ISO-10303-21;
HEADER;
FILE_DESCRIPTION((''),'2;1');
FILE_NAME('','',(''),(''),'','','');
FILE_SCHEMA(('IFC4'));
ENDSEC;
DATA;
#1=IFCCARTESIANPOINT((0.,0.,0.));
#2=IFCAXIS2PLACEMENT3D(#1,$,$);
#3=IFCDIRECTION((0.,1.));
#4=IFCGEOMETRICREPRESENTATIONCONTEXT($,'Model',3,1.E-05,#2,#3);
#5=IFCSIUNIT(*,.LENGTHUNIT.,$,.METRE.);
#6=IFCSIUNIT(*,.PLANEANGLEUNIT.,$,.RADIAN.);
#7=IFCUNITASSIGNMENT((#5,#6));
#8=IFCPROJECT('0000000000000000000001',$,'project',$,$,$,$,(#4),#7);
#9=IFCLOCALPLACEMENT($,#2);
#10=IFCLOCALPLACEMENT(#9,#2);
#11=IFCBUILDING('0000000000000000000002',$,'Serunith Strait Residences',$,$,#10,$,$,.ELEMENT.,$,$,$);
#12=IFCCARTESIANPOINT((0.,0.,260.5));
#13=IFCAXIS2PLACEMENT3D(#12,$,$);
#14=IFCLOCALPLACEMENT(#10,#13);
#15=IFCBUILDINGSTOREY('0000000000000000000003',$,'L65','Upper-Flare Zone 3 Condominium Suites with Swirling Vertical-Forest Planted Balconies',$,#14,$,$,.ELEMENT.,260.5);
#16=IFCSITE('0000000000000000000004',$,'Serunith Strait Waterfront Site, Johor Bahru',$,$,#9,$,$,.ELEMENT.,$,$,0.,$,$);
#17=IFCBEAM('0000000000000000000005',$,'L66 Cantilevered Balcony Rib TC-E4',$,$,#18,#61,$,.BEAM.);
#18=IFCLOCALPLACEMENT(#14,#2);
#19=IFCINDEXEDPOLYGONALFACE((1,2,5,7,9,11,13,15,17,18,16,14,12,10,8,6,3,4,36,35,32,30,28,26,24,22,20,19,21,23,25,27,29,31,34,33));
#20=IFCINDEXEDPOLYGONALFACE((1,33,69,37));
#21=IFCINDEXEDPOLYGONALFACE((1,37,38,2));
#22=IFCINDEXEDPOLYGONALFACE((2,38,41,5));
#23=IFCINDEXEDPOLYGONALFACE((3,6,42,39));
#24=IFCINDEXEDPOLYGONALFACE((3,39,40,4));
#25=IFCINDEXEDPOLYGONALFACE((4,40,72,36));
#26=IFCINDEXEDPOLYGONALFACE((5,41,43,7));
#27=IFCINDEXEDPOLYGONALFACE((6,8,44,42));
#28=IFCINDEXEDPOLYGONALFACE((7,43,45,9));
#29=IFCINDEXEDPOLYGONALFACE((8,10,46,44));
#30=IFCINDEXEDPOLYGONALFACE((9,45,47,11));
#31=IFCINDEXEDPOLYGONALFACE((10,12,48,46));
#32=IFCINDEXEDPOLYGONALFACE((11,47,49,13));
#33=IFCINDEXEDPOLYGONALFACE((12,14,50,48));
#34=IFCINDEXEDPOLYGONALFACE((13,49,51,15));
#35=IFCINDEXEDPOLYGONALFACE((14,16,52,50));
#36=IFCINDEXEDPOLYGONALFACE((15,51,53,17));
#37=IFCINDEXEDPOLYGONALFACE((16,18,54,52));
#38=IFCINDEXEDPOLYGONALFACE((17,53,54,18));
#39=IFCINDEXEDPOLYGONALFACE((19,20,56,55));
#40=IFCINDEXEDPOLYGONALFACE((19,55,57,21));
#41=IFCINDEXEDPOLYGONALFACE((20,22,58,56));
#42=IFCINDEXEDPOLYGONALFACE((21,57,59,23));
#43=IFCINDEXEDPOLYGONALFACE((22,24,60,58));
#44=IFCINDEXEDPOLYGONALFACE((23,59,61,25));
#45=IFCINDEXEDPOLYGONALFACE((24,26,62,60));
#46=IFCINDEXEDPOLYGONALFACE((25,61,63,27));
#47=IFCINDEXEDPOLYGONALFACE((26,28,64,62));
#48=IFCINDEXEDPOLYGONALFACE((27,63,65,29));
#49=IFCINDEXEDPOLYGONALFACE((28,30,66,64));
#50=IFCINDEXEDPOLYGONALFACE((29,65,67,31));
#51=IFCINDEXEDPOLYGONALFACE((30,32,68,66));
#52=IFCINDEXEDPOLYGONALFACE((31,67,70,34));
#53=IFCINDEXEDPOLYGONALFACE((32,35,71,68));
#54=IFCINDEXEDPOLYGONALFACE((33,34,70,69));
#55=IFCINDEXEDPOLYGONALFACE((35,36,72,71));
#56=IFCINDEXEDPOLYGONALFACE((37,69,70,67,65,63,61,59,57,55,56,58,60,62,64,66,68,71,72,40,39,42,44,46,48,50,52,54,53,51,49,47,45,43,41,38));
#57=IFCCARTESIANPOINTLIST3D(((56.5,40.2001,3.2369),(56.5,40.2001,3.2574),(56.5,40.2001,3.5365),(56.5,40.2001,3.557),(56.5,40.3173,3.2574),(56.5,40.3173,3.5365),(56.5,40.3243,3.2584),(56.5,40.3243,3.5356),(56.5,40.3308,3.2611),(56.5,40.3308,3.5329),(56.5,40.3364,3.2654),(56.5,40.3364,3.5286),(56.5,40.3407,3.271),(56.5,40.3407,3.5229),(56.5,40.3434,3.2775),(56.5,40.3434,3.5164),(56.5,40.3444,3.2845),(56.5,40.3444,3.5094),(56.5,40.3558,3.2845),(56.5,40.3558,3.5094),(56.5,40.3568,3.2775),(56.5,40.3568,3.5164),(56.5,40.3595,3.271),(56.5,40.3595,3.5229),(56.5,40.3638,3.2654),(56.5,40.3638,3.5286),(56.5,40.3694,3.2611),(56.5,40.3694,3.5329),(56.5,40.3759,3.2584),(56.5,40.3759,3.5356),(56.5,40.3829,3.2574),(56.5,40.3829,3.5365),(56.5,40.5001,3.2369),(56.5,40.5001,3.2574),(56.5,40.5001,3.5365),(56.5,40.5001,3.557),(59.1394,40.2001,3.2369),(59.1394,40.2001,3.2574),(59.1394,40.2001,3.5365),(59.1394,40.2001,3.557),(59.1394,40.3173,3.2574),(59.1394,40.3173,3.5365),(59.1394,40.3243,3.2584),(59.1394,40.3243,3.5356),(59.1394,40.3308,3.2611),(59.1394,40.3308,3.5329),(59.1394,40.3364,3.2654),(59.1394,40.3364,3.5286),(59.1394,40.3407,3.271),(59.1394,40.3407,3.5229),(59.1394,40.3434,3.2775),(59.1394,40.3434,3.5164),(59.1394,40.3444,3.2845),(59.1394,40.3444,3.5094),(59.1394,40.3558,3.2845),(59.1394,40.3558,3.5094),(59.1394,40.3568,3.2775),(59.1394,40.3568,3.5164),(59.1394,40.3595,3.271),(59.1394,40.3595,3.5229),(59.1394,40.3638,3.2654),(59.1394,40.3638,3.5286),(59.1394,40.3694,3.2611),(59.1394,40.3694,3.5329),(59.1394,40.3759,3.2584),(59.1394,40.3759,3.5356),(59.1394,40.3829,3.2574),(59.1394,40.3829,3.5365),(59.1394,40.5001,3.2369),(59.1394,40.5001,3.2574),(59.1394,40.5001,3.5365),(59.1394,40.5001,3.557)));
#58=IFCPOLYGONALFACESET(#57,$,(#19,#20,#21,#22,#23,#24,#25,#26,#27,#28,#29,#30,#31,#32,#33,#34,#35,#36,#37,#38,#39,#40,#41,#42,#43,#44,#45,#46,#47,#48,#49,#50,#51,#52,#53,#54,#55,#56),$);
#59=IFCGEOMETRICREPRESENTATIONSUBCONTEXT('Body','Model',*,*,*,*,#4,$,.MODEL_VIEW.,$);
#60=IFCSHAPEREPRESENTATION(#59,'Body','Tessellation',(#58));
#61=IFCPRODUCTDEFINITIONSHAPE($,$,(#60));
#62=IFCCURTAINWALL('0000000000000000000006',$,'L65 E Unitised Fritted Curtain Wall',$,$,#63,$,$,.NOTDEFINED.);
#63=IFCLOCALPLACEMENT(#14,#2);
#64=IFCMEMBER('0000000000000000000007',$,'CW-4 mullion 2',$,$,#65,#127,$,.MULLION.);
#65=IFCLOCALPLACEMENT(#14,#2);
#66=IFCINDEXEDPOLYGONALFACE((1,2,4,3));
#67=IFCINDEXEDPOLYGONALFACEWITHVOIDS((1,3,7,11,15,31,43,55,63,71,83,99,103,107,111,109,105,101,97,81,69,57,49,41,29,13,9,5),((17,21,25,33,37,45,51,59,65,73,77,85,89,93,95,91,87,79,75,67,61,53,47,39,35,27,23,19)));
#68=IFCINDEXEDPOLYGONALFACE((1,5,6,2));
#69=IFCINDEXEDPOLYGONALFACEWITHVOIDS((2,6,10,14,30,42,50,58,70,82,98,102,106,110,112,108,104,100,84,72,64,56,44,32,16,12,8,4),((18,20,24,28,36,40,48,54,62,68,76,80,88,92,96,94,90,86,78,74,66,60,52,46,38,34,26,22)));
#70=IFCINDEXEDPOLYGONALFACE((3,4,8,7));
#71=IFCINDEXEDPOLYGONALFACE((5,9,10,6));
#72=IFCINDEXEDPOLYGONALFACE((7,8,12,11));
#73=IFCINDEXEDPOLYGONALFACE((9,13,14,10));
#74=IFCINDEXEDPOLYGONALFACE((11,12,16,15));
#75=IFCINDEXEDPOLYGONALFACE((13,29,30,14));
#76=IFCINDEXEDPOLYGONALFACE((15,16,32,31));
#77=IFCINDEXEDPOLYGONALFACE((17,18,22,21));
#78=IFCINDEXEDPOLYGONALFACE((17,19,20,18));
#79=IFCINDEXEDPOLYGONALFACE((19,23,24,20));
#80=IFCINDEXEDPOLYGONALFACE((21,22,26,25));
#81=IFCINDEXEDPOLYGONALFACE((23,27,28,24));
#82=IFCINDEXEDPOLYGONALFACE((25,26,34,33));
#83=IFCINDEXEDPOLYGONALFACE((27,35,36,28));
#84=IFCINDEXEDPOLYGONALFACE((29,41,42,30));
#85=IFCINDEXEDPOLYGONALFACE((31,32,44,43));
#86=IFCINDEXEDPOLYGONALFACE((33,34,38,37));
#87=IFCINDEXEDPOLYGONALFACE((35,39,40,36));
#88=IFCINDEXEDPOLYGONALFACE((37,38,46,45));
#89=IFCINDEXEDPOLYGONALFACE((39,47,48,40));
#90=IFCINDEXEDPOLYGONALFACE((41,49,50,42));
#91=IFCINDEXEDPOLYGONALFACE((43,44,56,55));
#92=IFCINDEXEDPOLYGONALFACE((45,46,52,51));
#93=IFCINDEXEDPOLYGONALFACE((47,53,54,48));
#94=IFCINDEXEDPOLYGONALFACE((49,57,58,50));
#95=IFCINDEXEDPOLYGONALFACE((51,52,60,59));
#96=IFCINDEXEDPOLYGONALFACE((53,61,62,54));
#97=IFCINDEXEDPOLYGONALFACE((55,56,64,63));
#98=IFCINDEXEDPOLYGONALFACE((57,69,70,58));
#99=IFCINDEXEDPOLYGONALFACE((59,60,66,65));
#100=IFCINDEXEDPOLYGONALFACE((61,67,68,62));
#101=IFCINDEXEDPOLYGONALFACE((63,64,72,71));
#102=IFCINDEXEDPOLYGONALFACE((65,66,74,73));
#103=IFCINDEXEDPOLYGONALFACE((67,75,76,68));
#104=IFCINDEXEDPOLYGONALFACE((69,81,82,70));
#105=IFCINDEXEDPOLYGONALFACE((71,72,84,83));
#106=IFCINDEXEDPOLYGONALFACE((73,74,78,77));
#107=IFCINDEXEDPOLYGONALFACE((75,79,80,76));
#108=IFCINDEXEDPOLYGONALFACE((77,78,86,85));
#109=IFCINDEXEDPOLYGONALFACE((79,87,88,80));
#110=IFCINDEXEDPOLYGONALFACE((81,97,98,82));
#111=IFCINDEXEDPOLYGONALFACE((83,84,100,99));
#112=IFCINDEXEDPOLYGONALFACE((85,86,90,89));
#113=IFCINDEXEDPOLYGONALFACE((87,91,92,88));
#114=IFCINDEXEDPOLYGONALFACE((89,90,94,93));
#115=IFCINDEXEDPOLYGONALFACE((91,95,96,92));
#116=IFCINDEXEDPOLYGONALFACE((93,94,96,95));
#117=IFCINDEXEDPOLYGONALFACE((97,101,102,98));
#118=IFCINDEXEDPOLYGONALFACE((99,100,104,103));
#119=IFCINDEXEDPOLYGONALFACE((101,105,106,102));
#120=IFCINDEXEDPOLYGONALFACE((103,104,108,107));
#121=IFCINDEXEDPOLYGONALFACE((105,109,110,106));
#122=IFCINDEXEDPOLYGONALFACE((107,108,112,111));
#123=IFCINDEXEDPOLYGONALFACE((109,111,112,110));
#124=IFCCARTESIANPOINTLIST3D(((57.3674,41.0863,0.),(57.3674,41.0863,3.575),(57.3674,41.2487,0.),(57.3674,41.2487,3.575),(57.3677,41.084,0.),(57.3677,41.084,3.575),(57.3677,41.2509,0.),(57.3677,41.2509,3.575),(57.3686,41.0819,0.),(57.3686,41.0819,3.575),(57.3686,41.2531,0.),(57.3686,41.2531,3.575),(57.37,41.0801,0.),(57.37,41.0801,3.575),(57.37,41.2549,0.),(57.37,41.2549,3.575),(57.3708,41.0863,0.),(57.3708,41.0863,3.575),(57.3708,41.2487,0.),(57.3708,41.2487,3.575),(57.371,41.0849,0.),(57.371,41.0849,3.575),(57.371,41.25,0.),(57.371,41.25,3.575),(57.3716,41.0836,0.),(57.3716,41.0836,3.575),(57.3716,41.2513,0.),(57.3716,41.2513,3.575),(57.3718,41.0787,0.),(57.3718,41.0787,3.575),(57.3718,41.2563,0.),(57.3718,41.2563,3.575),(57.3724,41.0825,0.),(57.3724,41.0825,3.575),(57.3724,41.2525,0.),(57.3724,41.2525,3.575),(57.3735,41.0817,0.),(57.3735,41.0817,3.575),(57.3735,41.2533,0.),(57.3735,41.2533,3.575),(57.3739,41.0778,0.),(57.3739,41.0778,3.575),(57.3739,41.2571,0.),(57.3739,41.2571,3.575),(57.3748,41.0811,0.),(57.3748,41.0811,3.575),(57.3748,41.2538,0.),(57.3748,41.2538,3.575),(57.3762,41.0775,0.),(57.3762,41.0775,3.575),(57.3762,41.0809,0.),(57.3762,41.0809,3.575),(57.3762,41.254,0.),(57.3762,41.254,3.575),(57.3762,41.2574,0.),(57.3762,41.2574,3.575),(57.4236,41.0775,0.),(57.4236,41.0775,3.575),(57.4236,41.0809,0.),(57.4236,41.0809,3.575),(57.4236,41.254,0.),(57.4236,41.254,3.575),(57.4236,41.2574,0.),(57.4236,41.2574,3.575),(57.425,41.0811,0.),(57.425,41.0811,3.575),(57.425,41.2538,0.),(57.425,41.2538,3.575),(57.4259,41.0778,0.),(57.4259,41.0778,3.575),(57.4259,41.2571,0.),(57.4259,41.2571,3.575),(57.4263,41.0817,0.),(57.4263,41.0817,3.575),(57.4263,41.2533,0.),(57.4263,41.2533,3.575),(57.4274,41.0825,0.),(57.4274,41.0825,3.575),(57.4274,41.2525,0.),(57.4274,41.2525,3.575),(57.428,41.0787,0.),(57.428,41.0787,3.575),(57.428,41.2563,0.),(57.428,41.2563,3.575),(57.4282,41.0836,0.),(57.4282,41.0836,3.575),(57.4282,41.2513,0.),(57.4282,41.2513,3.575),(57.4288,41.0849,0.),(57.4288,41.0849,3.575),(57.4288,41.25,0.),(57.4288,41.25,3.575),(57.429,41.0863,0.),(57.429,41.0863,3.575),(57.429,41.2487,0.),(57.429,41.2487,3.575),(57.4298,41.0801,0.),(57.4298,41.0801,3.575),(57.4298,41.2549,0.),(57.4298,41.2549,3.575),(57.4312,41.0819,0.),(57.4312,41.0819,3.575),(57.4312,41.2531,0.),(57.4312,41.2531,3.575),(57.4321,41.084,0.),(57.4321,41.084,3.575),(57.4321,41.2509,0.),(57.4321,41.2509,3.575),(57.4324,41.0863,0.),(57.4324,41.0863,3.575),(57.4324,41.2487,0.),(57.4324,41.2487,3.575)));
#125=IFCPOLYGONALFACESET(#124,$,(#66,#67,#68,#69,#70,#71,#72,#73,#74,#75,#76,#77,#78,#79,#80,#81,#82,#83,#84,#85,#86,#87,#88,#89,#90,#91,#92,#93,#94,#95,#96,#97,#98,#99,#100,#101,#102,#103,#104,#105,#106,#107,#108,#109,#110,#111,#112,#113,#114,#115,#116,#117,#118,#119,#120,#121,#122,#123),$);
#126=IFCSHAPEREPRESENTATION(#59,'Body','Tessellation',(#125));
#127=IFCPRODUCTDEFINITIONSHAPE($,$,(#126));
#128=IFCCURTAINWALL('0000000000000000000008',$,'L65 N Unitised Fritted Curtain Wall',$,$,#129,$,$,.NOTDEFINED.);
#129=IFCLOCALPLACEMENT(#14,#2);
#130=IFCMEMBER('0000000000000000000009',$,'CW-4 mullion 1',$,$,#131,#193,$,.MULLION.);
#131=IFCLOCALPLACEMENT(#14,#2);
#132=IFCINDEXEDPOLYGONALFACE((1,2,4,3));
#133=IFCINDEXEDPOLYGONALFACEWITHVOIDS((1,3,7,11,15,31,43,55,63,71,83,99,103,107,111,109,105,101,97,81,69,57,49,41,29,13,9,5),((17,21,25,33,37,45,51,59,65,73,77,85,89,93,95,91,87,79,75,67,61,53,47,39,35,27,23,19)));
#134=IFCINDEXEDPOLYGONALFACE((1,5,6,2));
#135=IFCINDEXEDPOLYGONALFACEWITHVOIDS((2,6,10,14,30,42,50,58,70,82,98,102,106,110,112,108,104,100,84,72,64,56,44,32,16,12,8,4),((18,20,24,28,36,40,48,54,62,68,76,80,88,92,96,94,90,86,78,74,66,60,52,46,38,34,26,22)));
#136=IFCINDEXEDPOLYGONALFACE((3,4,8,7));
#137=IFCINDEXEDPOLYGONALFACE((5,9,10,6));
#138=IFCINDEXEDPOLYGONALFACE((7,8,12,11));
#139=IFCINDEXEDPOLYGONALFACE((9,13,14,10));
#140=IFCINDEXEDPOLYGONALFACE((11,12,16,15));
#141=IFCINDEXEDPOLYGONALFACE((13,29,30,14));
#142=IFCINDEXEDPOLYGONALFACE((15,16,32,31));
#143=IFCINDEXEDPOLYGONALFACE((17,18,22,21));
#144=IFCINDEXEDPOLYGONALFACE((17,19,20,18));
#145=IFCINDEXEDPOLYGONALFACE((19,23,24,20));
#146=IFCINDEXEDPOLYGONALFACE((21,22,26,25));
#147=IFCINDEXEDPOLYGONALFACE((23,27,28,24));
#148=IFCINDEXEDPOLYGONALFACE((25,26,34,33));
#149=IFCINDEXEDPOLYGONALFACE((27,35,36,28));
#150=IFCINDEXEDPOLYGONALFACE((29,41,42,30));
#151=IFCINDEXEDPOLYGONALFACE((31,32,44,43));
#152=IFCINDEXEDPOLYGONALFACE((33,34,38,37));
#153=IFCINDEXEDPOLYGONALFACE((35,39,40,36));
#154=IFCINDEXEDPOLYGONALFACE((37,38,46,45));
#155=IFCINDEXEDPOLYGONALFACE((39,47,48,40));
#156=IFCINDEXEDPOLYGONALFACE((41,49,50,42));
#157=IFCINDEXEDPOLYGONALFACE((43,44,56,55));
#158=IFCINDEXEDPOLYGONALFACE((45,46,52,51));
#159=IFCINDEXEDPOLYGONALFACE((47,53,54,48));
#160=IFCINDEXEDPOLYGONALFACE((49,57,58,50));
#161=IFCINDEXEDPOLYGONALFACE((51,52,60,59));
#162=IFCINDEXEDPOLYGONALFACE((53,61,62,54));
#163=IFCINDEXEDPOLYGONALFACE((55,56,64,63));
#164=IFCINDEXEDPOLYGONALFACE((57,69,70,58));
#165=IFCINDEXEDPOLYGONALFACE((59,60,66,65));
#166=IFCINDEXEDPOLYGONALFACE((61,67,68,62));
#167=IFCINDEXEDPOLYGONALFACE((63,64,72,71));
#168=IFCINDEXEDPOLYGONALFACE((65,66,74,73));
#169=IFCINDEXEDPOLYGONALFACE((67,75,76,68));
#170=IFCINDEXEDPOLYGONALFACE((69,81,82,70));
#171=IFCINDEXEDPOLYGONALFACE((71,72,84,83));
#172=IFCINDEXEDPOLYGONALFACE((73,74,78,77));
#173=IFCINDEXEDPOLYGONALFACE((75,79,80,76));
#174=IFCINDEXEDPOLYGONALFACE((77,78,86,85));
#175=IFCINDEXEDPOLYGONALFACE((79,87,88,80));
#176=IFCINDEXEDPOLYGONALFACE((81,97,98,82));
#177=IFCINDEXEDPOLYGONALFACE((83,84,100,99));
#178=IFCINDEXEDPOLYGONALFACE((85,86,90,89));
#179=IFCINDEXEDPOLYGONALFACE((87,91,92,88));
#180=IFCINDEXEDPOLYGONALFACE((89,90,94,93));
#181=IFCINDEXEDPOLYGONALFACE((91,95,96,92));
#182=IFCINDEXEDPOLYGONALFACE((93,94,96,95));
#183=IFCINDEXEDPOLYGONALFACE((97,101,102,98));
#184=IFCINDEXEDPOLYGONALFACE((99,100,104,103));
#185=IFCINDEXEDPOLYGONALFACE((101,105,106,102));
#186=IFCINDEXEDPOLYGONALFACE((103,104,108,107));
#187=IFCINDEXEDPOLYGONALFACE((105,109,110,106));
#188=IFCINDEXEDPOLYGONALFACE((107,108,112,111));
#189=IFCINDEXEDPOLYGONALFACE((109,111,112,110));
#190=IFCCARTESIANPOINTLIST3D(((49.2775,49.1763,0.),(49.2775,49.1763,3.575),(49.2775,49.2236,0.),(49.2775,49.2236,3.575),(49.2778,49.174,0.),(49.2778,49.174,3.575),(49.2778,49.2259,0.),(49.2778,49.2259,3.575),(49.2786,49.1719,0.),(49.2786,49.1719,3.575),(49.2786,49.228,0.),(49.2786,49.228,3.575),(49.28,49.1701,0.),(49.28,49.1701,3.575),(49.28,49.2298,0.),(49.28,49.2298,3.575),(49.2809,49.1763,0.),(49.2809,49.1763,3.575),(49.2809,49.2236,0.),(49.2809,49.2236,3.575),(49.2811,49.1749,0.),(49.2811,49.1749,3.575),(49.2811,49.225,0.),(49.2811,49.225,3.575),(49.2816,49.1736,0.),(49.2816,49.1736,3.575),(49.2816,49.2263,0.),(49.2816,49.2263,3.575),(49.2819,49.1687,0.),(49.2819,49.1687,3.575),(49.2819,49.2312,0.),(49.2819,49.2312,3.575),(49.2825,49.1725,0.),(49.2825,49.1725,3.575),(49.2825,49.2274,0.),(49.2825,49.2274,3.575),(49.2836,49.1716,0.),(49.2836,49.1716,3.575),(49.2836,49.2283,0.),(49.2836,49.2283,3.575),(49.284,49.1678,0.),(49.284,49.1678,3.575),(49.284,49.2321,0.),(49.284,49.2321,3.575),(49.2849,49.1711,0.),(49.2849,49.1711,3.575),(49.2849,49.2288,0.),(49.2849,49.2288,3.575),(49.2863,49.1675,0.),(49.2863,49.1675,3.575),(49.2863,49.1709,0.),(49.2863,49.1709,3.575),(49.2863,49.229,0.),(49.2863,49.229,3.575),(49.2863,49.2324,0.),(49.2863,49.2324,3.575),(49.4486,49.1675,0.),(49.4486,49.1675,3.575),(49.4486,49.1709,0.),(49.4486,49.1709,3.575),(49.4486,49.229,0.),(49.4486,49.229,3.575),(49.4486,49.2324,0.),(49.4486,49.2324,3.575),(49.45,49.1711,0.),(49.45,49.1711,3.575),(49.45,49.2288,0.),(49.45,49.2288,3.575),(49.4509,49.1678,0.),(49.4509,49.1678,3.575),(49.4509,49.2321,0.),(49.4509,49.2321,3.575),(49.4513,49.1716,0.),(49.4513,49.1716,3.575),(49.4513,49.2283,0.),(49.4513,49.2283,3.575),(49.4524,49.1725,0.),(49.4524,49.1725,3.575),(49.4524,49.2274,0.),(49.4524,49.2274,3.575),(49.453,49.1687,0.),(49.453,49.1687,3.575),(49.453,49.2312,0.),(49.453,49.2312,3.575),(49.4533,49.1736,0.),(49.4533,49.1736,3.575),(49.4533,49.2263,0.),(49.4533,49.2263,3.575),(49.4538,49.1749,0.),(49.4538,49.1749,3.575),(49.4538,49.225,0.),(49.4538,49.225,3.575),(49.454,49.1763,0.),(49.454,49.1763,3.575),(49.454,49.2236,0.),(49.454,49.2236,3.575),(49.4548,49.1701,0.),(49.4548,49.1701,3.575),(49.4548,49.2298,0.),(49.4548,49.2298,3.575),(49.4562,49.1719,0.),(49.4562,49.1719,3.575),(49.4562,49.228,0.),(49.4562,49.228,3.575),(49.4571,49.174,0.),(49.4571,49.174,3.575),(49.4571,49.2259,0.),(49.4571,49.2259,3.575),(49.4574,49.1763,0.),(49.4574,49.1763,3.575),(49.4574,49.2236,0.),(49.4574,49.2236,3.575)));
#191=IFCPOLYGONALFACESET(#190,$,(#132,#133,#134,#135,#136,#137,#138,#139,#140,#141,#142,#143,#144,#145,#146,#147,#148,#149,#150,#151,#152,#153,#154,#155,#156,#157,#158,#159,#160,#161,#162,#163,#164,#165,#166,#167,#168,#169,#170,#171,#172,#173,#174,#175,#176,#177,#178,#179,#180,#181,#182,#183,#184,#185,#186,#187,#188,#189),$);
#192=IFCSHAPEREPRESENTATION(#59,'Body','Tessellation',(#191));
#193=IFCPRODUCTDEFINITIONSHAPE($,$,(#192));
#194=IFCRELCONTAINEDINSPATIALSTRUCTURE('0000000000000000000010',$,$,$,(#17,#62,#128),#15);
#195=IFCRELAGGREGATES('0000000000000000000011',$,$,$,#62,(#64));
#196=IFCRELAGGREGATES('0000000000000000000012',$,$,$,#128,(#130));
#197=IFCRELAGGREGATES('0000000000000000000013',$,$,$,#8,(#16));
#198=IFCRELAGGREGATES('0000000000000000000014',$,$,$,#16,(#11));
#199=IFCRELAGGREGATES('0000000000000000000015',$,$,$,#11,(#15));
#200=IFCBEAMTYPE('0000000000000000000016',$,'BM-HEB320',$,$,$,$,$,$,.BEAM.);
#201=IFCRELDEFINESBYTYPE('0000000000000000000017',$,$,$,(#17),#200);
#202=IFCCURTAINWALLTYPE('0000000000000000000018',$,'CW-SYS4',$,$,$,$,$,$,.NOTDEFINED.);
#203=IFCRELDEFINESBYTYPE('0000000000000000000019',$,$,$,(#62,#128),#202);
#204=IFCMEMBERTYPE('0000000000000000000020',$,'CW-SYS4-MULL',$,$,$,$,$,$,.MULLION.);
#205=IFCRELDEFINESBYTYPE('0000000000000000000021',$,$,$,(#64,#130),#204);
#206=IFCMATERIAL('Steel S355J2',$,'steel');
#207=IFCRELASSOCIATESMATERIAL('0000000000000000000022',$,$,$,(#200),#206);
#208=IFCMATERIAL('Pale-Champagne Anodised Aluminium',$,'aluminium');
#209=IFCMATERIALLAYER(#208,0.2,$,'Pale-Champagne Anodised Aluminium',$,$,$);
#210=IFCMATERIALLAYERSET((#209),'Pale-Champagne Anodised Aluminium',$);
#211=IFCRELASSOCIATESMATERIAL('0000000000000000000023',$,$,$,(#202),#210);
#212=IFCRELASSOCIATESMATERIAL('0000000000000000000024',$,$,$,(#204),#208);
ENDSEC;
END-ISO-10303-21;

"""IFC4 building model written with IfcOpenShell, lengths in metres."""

from ifc_helpers import new_model, si_unit, direction, frame, origin, origin_2d, place, context, subcontext, project, spatial, hollow_rectangle, i_section, extrude, source, transform, mapped, material, layer, layer_set, material_profile, profile_set, type_object, element, aggregate, save


model = new_model("IFC4")

# Units and contexts
model_context = context("Model", 3, precision=1e-05, world=origin(), true_north=direction((0.0, 1.0)))
body_context = subcontext(model_context, "Body", "Model", "MODEL_VIEW")
ifc_project = project(units=[si_unit("LENGTHUNIT", "METRE"), si_unit("PLANEANGLEUNIT", "RADIAN")], contexts=[model_context])

# Site, building, storey
site_placement = place(None, origin())
site = spatial("IfcSite", under=ifc_project, at=site_placement, Name="Serunith Strait Waterfront Site, Johor Bahru", CompositionType="ELEMENT", RefElevation=0.0)
building_placement = place(site_placement, origin())
building = spatial("IfcBuilding", under=site, at=building_placement, Name="Serunith Strait Residences", CompositionType="ELEMENT")
storey_placement = place(building_placement, frame((0.0, 0.0, 260.5)))
storey = spatial("IfcBuildingStorey", under=building, at=storey_placement, Name="L65", Description="Upper-Flare Zone 3 Condominium Suites with Swirling Vertical-Forest Planted Balconies", CompositionType="ELEMENT", Elevation=260.5)

# Beam
ifc_material_1 = material(Name="Steel S355J2", Category="steel")
ifc_material_profile_1 = material_profile(ifc_material_1, i_section(OverallWidth=0.3, OverallDepth=0.3201, WebThickness=0.0115, FlangeThickness=0.0205, FilletRadius=0.0271, at=origin_2d()), Name="HEB 320")
ifc_profile_set_1 = profile_set([ifc_material_profile_1], Name="Steel S355J2")
beam_type_1 = type_object("IfcBeamType", Name="BM-HEB320", PredefinedType="BEAM", material=ifc_profile_set_1)
shared_shape_1 = source(origin(), body_context, "Body", "SweptSolid", [
    extrude(i_section(OverallWidth=0.3, OverallDepth=0.3201, WebThickness=0.0115, FlangeThickness=0.0205, FilletRadius=0.0271, at=origin_2d()), origin(), (0.0, 0.0, 1.0), 2.6394),
])
beam_1_placement = place(storey_placement, frame((56.5, 40.3501, 3.397), z_axis=(1.0, 0.0, 0.0), x_axis=(0.0, 1.0, 0.0)))
element("IfcBeam", 1, at=beam_1_placement, inside=storey, type_object=beam_type_1, Name="L66 Cantilevered Balcony Rib TC-E4", PredefinedType="BEAM", context=body_context, shape_type="MappedRepresentation", body=[
    mapped(shared_shape_1, transform((0.0, 0.0, 0.0), scale=1.0)),
])

# Curtain wall, member
ifc_material_2 = material(Name="Pale-Champagne Anodised Aluminium", Category="aluminium")
ifc_layer_1 = layer(ifc_material_2, 0.2, Name="Pale-Champagne Anodised Aluminium")
ifc_layer_set_1 = layer_set([ifc_layer_1], Name="Pale-Champagne Anodised Aluminium")
curtain_wall_type = type_object("IfcCurtainWallType", Name="CW-SYS4", PredefinedType="NOTDEFINED", material=ifc_layer_set_1)
curtain_wall_1_placement = place(storey_placement, origin())
curtain_wall_1 = element("IfcCurtainWall", 2, at=curtain_wall_1_placement, inside=storey, type_object=curtain_wall_type, Name="L65 E Unitised Fritted Curtain Wall", PredefinedType="NOTDEFINED")
ifc_material_profile_2 = material_profile(ifc_material_2, hollow_rectangle(XDim=0.0649, YDim=0.1799, WallThickness=0.0034, InnerFilletRadius=0.0054, OuterFilletRadius=0.0088, at=origin_2d()), Name="ALU 180x65x3.5")
ifc_profile_set_2 = profile_set([ifc_material_profile_2], Name="Pale-Champagne Anodised Aluminium")
member_type_1 = type_object("IfcMemberType", Name="CW-SYS4-MULL", PredefinedType="MULLION", material=ifc_profile_set_2)
shared_shape_2 = source(origin(), body_context, "Body", "SweptSolid", [
    extrude(hollow_rectangle(XDim=0.0649, YDim=0.1799, WallThickness=0.0034, InnerFilletRadius=0.0054, OuterFilletRadius=0.0088, at=origin_2d()), origin(), (0.0, 0.0, 1.0), 3.575),
])
member_1_placement = place(storey_placement, frame((57.3999, 41.1675, 0.0), z_axis=(0.0, 0.0, 1.0), x_axis=(-1.0, 0.0, 0.0)))
member_1 = element("IfcMember", 3, at=member_1_placement, type_object=member_type_1, Name="CW-4 mullion 2", PredefinedType="MULLION", context=body_context, shape_type="MappedRepresentation", body=[
    mapped(shared_shape_2, transform((0.0, 0.0, 0.0), scale=1.0)),
])
aggregate(curtain_wall_1, [member_1])

# Curtain wall, member
curtain_wall_2_placement = place(storey_placement, origin())
curtain_wall_2 = element("IfcCurtainWall", 4, at=curtain_wall_2_placement, inside=storey, type_object=curtain_wall_type, Name="L65 N Unitised Fritted Curtain Wall", PredefinedType="NOTDEFINED")
member_2_placement = place(storey_placement, frame((49.3674, 49.2, 0.0), z_axis=(0.0, 0.0, 1.0), x_axis=(0.0, -1.0, 0.0)))
member_2 = element("IfcMember", 5, at=member_2_placement, type_object=member_type_1, Name="CW-4 mullion 1", PredefinedType="MULLION", context=body_context, shape_type="MappedRepresentation", body=[
    mapped(shared_shape_2, transform((0.0, 0.0, 0.0), scale=1.0)),
])
aggregate(curtain_wall_2, [member_2])

save(model, "model.ifc")
